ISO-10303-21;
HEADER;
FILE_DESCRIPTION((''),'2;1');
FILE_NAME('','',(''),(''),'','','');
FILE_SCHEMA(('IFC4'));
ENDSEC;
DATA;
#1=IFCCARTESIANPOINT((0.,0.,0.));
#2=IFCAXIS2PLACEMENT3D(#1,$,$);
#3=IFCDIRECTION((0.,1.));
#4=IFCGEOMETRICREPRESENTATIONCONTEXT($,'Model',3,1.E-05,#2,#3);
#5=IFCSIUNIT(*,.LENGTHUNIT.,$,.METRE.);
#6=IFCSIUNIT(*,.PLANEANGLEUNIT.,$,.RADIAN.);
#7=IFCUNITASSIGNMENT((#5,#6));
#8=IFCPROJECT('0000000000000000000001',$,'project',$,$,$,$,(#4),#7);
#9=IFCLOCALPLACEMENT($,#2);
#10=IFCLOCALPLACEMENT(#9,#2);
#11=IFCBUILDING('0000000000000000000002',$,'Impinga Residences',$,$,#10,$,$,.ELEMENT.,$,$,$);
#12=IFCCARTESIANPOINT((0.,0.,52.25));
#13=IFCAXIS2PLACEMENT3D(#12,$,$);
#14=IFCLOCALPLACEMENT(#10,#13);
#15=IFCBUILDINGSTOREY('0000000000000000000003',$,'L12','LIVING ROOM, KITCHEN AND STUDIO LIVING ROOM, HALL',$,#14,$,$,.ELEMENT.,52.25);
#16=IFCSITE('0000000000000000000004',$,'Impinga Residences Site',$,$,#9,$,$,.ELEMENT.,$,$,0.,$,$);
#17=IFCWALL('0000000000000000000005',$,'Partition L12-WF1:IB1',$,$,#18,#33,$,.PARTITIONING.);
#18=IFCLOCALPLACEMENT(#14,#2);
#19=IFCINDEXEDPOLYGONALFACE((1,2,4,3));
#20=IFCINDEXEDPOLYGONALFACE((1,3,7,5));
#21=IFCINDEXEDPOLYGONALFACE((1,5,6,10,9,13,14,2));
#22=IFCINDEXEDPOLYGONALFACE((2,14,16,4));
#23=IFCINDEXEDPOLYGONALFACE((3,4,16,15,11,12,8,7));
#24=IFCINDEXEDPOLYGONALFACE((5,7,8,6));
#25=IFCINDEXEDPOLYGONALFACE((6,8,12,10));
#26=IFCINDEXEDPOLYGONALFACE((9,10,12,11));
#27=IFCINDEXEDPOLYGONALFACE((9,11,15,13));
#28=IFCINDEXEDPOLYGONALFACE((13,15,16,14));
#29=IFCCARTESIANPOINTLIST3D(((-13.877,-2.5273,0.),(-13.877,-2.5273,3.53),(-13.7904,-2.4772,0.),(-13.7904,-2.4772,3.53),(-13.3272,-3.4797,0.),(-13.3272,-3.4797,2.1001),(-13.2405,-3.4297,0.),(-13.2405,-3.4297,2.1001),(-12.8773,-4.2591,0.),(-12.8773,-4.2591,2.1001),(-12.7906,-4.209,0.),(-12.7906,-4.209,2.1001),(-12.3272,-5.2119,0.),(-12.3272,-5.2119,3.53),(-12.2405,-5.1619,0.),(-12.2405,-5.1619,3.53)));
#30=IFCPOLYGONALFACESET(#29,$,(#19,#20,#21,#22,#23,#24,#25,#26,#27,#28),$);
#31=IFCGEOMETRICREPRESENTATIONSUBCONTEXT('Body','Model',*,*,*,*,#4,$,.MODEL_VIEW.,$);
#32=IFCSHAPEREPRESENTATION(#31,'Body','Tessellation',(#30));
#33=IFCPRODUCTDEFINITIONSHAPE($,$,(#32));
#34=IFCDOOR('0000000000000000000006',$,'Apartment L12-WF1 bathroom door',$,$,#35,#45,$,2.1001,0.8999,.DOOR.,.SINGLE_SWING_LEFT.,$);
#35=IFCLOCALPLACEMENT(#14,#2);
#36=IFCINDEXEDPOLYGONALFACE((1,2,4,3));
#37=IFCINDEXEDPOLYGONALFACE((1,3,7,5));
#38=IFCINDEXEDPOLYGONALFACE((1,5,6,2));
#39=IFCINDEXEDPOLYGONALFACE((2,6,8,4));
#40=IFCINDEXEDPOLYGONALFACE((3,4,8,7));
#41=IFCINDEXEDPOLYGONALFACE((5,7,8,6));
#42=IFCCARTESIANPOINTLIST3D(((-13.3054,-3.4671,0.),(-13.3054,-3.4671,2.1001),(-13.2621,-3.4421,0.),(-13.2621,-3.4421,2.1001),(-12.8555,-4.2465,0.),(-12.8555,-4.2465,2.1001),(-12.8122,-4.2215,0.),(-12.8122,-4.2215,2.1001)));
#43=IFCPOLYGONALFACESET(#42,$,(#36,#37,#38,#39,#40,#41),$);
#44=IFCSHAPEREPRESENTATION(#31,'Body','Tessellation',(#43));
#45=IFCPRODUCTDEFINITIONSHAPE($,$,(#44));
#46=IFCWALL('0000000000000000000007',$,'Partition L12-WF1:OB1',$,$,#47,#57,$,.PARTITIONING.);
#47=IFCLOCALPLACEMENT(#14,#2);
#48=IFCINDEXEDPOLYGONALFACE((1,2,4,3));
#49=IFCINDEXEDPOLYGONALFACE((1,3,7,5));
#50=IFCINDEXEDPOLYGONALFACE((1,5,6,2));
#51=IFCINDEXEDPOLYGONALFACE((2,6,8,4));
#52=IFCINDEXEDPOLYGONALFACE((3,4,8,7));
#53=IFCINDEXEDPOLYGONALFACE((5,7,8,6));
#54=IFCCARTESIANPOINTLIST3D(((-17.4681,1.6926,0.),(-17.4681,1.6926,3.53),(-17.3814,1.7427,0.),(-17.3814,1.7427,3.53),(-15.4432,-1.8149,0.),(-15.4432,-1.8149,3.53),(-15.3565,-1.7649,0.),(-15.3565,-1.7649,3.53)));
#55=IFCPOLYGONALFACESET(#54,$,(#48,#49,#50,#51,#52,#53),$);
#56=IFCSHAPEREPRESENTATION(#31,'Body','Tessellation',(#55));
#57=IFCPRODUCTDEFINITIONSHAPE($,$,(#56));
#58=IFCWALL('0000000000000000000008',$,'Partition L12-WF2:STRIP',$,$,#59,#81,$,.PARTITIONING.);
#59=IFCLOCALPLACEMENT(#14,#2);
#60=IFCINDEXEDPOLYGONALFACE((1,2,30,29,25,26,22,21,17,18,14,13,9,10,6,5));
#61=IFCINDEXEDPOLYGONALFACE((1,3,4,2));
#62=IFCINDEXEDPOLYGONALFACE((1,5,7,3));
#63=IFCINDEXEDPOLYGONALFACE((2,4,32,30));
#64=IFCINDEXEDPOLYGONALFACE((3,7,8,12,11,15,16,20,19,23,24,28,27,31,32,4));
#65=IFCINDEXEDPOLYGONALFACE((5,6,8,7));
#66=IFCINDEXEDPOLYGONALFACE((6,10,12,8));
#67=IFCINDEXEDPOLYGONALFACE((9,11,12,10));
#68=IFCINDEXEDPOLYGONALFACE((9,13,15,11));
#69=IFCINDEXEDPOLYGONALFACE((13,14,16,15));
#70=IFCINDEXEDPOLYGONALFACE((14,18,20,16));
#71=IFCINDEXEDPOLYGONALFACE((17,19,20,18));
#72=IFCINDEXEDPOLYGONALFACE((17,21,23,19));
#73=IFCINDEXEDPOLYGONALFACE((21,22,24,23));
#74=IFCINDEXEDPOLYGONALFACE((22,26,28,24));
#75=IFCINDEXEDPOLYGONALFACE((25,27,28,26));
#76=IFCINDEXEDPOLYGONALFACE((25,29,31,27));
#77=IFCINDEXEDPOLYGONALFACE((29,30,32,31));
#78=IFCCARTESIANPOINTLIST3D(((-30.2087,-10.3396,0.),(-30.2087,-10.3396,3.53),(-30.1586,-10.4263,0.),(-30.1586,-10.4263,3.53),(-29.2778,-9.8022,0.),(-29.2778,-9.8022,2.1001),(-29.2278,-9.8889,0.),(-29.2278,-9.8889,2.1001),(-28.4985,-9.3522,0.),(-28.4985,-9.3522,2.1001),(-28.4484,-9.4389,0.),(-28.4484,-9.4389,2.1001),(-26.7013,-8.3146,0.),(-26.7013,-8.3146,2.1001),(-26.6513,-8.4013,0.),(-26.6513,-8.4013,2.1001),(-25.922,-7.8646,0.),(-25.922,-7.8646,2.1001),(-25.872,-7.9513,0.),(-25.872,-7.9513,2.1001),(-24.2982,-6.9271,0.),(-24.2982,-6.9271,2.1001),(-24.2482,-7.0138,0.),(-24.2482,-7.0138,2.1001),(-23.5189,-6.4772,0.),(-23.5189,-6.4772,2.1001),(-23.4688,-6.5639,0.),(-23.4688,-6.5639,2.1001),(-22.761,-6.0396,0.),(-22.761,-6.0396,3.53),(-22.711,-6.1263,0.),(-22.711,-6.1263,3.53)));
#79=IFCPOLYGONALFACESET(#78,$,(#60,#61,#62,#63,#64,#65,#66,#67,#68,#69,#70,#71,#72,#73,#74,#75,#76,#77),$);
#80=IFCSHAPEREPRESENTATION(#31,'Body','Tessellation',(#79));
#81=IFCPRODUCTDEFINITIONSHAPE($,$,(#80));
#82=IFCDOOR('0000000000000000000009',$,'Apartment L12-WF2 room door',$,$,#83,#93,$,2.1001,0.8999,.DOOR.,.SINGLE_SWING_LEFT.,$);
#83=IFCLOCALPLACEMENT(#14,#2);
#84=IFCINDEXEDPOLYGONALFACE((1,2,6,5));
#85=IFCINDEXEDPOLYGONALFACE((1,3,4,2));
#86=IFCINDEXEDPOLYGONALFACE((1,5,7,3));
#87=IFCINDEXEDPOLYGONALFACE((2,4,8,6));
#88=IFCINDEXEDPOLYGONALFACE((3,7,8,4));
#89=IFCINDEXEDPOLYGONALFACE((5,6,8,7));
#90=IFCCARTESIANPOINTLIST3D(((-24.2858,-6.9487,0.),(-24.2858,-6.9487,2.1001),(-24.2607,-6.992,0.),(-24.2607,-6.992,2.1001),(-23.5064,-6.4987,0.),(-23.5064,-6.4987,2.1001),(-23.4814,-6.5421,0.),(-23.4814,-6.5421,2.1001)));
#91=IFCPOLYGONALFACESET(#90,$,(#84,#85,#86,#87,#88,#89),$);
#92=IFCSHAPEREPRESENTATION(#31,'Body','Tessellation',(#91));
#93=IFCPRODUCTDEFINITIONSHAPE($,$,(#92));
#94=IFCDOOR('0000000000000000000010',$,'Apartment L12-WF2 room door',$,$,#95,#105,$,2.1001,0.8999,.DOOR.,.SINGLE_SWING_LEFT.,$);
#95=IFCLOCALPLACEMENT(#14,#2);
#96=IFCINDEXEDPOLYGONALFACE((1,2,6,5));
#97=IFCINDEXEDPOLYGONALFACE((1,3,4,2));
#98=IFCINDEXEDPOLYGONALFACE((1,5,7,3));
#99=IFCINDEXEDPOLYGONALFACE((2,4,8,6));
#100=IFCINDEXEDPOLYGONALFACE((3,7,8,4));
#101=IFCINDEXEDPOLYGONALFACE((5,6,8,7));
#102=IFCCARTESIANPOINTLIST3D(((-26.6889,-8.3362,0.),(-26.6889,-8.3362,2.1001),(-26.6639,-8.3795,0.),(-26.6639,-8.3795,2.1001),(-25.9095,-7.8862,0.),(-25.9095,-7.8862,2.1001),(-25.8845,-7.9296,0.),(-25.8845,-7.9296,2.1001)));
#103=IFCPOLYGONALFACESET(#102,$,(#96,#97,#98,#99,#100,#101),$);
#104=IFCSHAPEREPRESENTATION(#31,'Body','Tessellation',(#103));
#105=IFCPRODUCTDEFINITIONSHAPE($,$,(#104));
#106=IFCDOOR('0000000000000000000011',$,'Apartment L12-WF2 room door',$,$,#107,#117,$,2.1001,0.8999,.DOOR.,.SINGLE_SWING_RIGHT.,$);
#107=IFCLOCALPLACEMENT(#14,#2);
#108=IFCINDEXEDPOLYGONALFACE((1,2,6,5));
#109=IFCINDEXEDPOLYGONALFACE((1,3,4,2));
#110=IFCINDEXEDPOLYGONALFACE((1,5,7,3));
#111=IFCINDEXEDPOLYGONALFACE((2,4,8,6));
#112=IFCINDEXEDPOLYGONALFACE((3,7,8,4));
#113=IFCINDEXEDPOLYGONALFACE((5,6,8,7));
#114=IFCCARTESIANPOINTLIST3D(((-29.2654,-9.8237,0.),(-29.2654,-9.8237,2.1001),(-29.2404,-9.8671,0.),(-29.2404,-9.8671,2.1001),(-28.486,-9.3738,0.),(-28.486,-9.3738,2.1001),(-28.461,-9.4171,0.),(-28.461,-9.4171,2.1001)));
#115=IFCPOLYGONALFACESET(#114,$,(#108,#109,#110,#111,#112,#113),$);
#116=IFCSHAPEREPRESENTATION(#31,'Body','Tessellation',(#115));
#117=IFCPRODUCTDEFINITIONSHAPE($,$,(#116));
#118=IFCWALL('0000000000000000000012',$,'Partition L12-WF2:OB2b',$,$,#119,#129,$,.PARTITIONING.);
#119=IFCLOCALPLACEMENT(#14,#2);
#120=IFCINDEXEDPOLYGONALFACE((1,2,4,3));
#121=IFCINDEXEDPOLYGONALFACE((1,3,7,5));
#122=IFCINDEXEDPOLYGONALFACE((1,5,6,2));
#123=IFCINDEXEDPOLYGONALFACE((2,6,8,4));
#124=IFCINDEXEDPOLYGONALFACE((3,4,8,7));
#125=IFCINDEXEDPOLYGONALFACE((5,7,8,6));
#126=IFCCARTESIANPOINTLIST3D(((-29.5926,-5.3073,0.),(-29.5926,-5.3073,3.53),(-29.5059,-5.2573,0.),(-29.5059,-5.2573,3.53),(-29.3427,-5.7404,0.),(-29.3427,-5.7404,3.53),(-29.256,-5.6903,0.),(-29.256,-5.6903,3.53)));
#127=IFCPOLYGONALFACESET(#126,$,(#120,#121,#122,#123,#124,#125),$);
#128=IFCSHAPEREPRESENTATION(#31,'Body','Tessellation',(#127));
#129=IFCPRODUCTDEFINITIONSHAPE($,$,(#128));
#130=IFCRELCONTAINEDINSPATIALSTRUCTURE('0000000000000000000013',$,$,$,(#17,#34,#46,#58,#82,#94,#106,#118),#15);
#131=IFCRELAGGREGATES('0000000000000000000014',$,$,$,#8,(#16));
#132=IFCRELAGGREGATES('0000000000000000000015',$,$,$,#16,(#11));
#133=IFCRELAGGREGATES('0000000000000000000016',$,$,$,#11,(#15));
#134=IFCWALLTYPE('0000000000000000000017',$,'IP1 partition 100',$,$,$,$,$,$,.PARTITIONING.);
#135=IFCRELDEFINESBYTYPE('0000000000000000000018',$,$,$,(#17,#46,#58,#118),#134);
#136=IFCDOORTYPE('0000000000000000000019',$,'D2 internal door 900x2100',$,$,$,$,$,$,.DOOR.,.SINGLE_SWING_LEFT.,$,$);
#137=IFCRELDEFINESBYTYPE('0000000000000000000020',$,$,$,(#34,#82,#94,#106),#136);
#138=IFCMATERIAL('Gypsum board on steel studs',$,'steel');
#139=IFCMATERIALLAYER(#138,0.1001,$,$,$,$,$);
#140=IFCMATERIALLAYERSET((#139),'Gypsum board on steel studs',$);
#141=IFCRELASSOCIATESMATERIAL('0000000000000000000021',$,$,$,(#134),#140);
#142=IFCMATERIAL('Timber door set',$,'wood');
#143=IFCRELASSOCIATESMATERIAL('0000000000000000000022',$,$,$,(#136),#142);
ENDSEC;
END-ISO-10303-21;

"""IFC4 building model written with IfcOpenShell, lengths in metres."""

from ifc_helpers import new_model, si_unit, direction, frame, frame_2d, origin, place, context, subcontext, project, spatial, rectangle, extrude, material, layer, layer_set, type_object, element, fill, save


model = new_model("IFC4")

# Units and contexts
model_context = context("Model", 3, precision=1e-05, world=origin(), true_north=direction((0.0, 1.0)))
body_context = subcontext(model_context, "Body", "Model", "MODEL_VIEW")
ifc_project = project(units=[si_unit("LENGTHUNIT", "METRE"), si_unit("PLANEANGLEUNIT", "RADIAN")], contexts=[model_context])

# Site, building, storey
site_placement = place(None, origin())
site = spatial("IfcSite", under=ifc_project, at=site_placement, Name="Impinga Residences Site", CompositionType="ELEMENT", RefElevation=0.0)
building_placement = place(site_placement, origin())
building = spatial("IfcBuilding", under=site, at=building_placement, Name="Impinga Residences", CompositionType="ELEMENT")
storey_placement = place(building_placement, frame((0.0, 0.0, 52.25)))
storey = spatial("IfcBuildingStorey", under=building, at=storey_placement, Name="L12", Description="LIVING ROOM, KITCHEN AND STUDIO LIVING ROOM, HALL", CompositionType="ELEMENT", Elevation=52.25)

# Shared definitions
ifc_material_1 = material(Name="Gypsum board on steel studs", Category="steel")
ifc_layer_1 = layer(ifc_material_1, 0.1001)
ifc_layer_set_1 = layer_set([ifc_layer_1], Name="Gypsum board on steel studs")
wall_type_1 = type_object("IfcWallType", Name="IP1 partition 100", PredefinedType="PARTITIONING", material=ifc_layer_set_1)

# Shared definitions
ifc_material_2 = material(Name="Timber door set", Category="wood")
door_type = type_object("IfcDoorType", Name="D2 internal door 900x2100", OperationType="SINGLE_SWING_LEFT", PredefinedType="DOOR", material=ifc_material_2)

# Wall, opening, door
wall_1_placement = place(storey_placement, frame((-12.2839, -5.1868, 0.0), z_axis=(0.0, 0.0, 1.0), x_axis=(-0.499968, 0.866044, 0.0)))
wall_1 = element("IfcWall", 1, at=wall_1_placement, inside=storey, type_object=wall_type_1, Name="Partition L12-WF1:IB1", PredefinedType="PARTITIONING", context=body_context, shape_type="SweptSolid", body=[
    extrude(rectangle(XDim=3.0999, YDim=0.1001, at=frame_2d((1.5498, 0.0))), origin(), (0.0, 0.0, 1.0), 3.53),
])
opening_1_placement = place(wall_1_placement, frame((1.1001, 0.0, 0.0)))
opening_1 = element("IfcOpeningElement", 2, at=opening_1_placement, cuts=wall_1, PredefinedType="OPENING", context=body_context, shape_type="SweptSolid", body=[
    extrude(rectangle(XDim=0.8999, YDim=2.1001, at=frame_2d((0.45, 1.05))), frame((0.0, 0.0601, 0.0), z_axis=(0.0, -1.0, 0.0), x_axis=(1.0, 0.0, 0.0)), (0.0, 0.0, 1.0), 0.1201),
])
door_1_placement = place(opening_1_placement, origin())
door_1 = element("IfcDoor", 3, at=door_1_placement, inside=storey, type_object=door_type, Name="Apartment L12-WF1 bathroom door", OperationType="SINGLE_SWING_LEFT", OverallHeight=2.1001, OverallWidth=0.8999, PredefinedType="DOOR", context=body_context, shape_type="SweptSolid", body=[
    extrude(rectangle(XDim=0.8999, YDim=2.1001, at=frame_2d((0.45, 1.05))), frame((0.0, 0.0249, 0.0), z_axis=(0.0, -1.0, 0.0), x_axis=(1.0, 0.0, 0.0)), (0.0, 0.0, 1.0), 0.05),
])
fill(opening_1, door_1)

# Wall
wall_2_placement = place(storey_placement, frame((-15.3999, -1.7898, 0.0), z_axis=(0.0, 0.0, 1.0), x_axis=(-0.499964, 0.866046, 0.0)))
element("IfcWall", 4, at=wall_2_placement, inside=storey, type_object=wall_type_1, Name="Partition L12-WF1:OB1", PredefinedType="PARTITIONING", context=body_context, shape_type="SweptSolid", body=[
    extrude(rectangle(XDim=4.05, YDim=0.1001, at=frame_2d((2.0249, 0.0))), origin(), (0.0, 0.0, 1.0), 3.53),
])

# Wall, openings, doors
wall_3_placement = place(storey_placement, frame((-22.7361, -6.083, 0.0), z_axis=(0.0, 0.0, 1.0), x_axis=(-0.866021, -0.500008, 0.0)))
wall_3 = element("IfcWall", 5, at=wall_3_placement, inside=storey, type_object=wall_type_1, Name="Partition L12-WF2:STRIP", PredefinedType="PARTITIONING", context=body_context, shape_type="SweptSolid", body=[
    extrude(rectangle(XDim=8.5999, YDim=0.1001, at=frame_2d((4.2998, 0.0))), origin(), (0.0, 0.0, 1.0), 3.53),
])
opening_2_placement = place(wall_3_placement, frame((0.875, 0.0, 0.0)))
opening_2 = element("IfcOpeningElement", 6, at=opening_2_placement, cuts=wall_3, PredefinedType="OPENING", context=body_context, shape_type="SweptSolid", body=[
    extrude(rectangle(XDim=0.8999, YDim=2.1001, at=frame_2d((0.45, 1.05))), frame((0.0, 0.0601, 0.0), z_axis=(0.0, -1.0, 0.0), x_axis=(1.0, 0.0, 0.0)), (0.0, 0.0, 1.0), 0.1201),
])
opening_3_placement = place(wall_3_placement, frame((3.6499, 0.0, 0.0)))
opening_3 = element("IfcOpeningElement", 7, at=opening_3_placement, cuts=wall_3, PredefinedType="OPENING", context=body_context, shape_type="SweptSolid", body=[
    extrude(rectangle(XDim=0.8999, YDim=2.1001, at=frame_2d((0.45, 1.05))), frame((0.0, 0.0601, 0.0), z_axis=(0.0, -1.0, 0.0), x_axis=(1.0, 0.0, 0.0)), (0.0, 0.0, 1.0), 0.1201),
])
opening_4_placement = place(wall_3_placement, frame((6.625, 0.0, 0.0)))
opening_4 = element("IfcOpeningElement", 8, at=opening_4_placement, cuts=wall_3, PredefinedType="OPENING", context=body_context, shape_type="SweptSolid", body=[
    extrude(rectangle(XDim=0.8999, YDim=2.1001, at=frame_2d((0.45, 1.05))), frame((0.0, 0.0601, 0.0), z_axis=(0.0, -1.0, 0.0), x_axis=(1.0, 0.0, 0.0)), (0.0, 0.0, 1.0), 0.1201),
])
door_2_placement = place(opening_2_placement, origin())
door_2 = element("IfcDoor", 9, at=door_2_placement, inside=storey, type_object=door_type, Name="Apartment L12-WF2 room door", OperationType="SINGLE_SWING_LEFT", OverallHeight=2.1001, OverallWidth=0.8999, PredefinedType="DOOR", context=body_context, shape_type="SweptSolid", body=[
    extrude(rectangle(XDim=0.8999, YDim=2.1001, at=frame_2d((0.45, 1.05))), frame((0.0, 0.0249, 0.0), z_axis=(0.0, -1.0, 0.0), x_axis=(1.0, 0.0, 0.0)), (0.0, 0.0, 1.0), 0.05),
])
fill(opening_2, door_2)
door_3_placement = place(opening_3_placement, origin())
door_3 = element("IfcDoor", 10, at=door_3_placement, inside=storey, type_object=door_type, Name="Apartment L12-WF2 room door", OperationType="SINGLE_SWING_LEFT", OverallHeight=2.1001, OverallWidth=0.8999, PredefinedType="DOOR", context=body_context, shape_type="SweptSolid", body=[
    extrude(rectangle(XDim=0.8999, YDim=2.1001, at=frame_2d((0.45, 1.05))), frame((0.0, 0.0249, 0.0), z_axis=(0.0, -1.0, 0.0), x_axis=(1.0, 0.0, 0.0)), (0.0, 0.0, 1.0), 0.05),
])
fill(opening_3, door_3)
door_4_placement = place(opening_4_placement, origin())
door_4 = element("IfcDoor", 11, at=door_4_placement, inside=storey, type_object=door_type, Name="Apartment L12-WF2 room door", OperationType="SINGLE_SWING_RIGHT", OverallHeight=2.1001, OverallWidth=0.8999, PredefinedType="DOOR", context=body_context, shape_type="SweptSolid", body=[
    extrude(rectangle(XDim=0.8999, YDim=2.1001, at=frame_2d((0.45, 1.05))), frame((0.0, 0.0249, 0.0), z_axis=(0.0, -1.0, 0.0), x_axis=(1.0, 0.0, 0.0)), (0.0, 0.0, 1.0), 0.05),
])
fill(opening_4, door_4)

# Wall
wall_4_placement = place(storey_placement, frame((-29.2993, -5.7153, 0.0), z_axis=(0.0, 0.0, 1.0), x_axis=(-0.49992, 0.866072, 0.0)))
element("IfcWall", 12, at=wall_4_placement, inside=storey, type_object=wall_type_1, Name="Partition L12-WF2:OB2b", PredefinedType="PARTITIONING", context=body_context, shape_type="SweptSolid", body=[
    extrude(rectangle(XDim=0.5, YDim=0.1001, at=frame_2d((0.25, 0.0))), origin(), (0.0, 0.0, 1.0), 3.53),
])

save(model, "model.ifc")
